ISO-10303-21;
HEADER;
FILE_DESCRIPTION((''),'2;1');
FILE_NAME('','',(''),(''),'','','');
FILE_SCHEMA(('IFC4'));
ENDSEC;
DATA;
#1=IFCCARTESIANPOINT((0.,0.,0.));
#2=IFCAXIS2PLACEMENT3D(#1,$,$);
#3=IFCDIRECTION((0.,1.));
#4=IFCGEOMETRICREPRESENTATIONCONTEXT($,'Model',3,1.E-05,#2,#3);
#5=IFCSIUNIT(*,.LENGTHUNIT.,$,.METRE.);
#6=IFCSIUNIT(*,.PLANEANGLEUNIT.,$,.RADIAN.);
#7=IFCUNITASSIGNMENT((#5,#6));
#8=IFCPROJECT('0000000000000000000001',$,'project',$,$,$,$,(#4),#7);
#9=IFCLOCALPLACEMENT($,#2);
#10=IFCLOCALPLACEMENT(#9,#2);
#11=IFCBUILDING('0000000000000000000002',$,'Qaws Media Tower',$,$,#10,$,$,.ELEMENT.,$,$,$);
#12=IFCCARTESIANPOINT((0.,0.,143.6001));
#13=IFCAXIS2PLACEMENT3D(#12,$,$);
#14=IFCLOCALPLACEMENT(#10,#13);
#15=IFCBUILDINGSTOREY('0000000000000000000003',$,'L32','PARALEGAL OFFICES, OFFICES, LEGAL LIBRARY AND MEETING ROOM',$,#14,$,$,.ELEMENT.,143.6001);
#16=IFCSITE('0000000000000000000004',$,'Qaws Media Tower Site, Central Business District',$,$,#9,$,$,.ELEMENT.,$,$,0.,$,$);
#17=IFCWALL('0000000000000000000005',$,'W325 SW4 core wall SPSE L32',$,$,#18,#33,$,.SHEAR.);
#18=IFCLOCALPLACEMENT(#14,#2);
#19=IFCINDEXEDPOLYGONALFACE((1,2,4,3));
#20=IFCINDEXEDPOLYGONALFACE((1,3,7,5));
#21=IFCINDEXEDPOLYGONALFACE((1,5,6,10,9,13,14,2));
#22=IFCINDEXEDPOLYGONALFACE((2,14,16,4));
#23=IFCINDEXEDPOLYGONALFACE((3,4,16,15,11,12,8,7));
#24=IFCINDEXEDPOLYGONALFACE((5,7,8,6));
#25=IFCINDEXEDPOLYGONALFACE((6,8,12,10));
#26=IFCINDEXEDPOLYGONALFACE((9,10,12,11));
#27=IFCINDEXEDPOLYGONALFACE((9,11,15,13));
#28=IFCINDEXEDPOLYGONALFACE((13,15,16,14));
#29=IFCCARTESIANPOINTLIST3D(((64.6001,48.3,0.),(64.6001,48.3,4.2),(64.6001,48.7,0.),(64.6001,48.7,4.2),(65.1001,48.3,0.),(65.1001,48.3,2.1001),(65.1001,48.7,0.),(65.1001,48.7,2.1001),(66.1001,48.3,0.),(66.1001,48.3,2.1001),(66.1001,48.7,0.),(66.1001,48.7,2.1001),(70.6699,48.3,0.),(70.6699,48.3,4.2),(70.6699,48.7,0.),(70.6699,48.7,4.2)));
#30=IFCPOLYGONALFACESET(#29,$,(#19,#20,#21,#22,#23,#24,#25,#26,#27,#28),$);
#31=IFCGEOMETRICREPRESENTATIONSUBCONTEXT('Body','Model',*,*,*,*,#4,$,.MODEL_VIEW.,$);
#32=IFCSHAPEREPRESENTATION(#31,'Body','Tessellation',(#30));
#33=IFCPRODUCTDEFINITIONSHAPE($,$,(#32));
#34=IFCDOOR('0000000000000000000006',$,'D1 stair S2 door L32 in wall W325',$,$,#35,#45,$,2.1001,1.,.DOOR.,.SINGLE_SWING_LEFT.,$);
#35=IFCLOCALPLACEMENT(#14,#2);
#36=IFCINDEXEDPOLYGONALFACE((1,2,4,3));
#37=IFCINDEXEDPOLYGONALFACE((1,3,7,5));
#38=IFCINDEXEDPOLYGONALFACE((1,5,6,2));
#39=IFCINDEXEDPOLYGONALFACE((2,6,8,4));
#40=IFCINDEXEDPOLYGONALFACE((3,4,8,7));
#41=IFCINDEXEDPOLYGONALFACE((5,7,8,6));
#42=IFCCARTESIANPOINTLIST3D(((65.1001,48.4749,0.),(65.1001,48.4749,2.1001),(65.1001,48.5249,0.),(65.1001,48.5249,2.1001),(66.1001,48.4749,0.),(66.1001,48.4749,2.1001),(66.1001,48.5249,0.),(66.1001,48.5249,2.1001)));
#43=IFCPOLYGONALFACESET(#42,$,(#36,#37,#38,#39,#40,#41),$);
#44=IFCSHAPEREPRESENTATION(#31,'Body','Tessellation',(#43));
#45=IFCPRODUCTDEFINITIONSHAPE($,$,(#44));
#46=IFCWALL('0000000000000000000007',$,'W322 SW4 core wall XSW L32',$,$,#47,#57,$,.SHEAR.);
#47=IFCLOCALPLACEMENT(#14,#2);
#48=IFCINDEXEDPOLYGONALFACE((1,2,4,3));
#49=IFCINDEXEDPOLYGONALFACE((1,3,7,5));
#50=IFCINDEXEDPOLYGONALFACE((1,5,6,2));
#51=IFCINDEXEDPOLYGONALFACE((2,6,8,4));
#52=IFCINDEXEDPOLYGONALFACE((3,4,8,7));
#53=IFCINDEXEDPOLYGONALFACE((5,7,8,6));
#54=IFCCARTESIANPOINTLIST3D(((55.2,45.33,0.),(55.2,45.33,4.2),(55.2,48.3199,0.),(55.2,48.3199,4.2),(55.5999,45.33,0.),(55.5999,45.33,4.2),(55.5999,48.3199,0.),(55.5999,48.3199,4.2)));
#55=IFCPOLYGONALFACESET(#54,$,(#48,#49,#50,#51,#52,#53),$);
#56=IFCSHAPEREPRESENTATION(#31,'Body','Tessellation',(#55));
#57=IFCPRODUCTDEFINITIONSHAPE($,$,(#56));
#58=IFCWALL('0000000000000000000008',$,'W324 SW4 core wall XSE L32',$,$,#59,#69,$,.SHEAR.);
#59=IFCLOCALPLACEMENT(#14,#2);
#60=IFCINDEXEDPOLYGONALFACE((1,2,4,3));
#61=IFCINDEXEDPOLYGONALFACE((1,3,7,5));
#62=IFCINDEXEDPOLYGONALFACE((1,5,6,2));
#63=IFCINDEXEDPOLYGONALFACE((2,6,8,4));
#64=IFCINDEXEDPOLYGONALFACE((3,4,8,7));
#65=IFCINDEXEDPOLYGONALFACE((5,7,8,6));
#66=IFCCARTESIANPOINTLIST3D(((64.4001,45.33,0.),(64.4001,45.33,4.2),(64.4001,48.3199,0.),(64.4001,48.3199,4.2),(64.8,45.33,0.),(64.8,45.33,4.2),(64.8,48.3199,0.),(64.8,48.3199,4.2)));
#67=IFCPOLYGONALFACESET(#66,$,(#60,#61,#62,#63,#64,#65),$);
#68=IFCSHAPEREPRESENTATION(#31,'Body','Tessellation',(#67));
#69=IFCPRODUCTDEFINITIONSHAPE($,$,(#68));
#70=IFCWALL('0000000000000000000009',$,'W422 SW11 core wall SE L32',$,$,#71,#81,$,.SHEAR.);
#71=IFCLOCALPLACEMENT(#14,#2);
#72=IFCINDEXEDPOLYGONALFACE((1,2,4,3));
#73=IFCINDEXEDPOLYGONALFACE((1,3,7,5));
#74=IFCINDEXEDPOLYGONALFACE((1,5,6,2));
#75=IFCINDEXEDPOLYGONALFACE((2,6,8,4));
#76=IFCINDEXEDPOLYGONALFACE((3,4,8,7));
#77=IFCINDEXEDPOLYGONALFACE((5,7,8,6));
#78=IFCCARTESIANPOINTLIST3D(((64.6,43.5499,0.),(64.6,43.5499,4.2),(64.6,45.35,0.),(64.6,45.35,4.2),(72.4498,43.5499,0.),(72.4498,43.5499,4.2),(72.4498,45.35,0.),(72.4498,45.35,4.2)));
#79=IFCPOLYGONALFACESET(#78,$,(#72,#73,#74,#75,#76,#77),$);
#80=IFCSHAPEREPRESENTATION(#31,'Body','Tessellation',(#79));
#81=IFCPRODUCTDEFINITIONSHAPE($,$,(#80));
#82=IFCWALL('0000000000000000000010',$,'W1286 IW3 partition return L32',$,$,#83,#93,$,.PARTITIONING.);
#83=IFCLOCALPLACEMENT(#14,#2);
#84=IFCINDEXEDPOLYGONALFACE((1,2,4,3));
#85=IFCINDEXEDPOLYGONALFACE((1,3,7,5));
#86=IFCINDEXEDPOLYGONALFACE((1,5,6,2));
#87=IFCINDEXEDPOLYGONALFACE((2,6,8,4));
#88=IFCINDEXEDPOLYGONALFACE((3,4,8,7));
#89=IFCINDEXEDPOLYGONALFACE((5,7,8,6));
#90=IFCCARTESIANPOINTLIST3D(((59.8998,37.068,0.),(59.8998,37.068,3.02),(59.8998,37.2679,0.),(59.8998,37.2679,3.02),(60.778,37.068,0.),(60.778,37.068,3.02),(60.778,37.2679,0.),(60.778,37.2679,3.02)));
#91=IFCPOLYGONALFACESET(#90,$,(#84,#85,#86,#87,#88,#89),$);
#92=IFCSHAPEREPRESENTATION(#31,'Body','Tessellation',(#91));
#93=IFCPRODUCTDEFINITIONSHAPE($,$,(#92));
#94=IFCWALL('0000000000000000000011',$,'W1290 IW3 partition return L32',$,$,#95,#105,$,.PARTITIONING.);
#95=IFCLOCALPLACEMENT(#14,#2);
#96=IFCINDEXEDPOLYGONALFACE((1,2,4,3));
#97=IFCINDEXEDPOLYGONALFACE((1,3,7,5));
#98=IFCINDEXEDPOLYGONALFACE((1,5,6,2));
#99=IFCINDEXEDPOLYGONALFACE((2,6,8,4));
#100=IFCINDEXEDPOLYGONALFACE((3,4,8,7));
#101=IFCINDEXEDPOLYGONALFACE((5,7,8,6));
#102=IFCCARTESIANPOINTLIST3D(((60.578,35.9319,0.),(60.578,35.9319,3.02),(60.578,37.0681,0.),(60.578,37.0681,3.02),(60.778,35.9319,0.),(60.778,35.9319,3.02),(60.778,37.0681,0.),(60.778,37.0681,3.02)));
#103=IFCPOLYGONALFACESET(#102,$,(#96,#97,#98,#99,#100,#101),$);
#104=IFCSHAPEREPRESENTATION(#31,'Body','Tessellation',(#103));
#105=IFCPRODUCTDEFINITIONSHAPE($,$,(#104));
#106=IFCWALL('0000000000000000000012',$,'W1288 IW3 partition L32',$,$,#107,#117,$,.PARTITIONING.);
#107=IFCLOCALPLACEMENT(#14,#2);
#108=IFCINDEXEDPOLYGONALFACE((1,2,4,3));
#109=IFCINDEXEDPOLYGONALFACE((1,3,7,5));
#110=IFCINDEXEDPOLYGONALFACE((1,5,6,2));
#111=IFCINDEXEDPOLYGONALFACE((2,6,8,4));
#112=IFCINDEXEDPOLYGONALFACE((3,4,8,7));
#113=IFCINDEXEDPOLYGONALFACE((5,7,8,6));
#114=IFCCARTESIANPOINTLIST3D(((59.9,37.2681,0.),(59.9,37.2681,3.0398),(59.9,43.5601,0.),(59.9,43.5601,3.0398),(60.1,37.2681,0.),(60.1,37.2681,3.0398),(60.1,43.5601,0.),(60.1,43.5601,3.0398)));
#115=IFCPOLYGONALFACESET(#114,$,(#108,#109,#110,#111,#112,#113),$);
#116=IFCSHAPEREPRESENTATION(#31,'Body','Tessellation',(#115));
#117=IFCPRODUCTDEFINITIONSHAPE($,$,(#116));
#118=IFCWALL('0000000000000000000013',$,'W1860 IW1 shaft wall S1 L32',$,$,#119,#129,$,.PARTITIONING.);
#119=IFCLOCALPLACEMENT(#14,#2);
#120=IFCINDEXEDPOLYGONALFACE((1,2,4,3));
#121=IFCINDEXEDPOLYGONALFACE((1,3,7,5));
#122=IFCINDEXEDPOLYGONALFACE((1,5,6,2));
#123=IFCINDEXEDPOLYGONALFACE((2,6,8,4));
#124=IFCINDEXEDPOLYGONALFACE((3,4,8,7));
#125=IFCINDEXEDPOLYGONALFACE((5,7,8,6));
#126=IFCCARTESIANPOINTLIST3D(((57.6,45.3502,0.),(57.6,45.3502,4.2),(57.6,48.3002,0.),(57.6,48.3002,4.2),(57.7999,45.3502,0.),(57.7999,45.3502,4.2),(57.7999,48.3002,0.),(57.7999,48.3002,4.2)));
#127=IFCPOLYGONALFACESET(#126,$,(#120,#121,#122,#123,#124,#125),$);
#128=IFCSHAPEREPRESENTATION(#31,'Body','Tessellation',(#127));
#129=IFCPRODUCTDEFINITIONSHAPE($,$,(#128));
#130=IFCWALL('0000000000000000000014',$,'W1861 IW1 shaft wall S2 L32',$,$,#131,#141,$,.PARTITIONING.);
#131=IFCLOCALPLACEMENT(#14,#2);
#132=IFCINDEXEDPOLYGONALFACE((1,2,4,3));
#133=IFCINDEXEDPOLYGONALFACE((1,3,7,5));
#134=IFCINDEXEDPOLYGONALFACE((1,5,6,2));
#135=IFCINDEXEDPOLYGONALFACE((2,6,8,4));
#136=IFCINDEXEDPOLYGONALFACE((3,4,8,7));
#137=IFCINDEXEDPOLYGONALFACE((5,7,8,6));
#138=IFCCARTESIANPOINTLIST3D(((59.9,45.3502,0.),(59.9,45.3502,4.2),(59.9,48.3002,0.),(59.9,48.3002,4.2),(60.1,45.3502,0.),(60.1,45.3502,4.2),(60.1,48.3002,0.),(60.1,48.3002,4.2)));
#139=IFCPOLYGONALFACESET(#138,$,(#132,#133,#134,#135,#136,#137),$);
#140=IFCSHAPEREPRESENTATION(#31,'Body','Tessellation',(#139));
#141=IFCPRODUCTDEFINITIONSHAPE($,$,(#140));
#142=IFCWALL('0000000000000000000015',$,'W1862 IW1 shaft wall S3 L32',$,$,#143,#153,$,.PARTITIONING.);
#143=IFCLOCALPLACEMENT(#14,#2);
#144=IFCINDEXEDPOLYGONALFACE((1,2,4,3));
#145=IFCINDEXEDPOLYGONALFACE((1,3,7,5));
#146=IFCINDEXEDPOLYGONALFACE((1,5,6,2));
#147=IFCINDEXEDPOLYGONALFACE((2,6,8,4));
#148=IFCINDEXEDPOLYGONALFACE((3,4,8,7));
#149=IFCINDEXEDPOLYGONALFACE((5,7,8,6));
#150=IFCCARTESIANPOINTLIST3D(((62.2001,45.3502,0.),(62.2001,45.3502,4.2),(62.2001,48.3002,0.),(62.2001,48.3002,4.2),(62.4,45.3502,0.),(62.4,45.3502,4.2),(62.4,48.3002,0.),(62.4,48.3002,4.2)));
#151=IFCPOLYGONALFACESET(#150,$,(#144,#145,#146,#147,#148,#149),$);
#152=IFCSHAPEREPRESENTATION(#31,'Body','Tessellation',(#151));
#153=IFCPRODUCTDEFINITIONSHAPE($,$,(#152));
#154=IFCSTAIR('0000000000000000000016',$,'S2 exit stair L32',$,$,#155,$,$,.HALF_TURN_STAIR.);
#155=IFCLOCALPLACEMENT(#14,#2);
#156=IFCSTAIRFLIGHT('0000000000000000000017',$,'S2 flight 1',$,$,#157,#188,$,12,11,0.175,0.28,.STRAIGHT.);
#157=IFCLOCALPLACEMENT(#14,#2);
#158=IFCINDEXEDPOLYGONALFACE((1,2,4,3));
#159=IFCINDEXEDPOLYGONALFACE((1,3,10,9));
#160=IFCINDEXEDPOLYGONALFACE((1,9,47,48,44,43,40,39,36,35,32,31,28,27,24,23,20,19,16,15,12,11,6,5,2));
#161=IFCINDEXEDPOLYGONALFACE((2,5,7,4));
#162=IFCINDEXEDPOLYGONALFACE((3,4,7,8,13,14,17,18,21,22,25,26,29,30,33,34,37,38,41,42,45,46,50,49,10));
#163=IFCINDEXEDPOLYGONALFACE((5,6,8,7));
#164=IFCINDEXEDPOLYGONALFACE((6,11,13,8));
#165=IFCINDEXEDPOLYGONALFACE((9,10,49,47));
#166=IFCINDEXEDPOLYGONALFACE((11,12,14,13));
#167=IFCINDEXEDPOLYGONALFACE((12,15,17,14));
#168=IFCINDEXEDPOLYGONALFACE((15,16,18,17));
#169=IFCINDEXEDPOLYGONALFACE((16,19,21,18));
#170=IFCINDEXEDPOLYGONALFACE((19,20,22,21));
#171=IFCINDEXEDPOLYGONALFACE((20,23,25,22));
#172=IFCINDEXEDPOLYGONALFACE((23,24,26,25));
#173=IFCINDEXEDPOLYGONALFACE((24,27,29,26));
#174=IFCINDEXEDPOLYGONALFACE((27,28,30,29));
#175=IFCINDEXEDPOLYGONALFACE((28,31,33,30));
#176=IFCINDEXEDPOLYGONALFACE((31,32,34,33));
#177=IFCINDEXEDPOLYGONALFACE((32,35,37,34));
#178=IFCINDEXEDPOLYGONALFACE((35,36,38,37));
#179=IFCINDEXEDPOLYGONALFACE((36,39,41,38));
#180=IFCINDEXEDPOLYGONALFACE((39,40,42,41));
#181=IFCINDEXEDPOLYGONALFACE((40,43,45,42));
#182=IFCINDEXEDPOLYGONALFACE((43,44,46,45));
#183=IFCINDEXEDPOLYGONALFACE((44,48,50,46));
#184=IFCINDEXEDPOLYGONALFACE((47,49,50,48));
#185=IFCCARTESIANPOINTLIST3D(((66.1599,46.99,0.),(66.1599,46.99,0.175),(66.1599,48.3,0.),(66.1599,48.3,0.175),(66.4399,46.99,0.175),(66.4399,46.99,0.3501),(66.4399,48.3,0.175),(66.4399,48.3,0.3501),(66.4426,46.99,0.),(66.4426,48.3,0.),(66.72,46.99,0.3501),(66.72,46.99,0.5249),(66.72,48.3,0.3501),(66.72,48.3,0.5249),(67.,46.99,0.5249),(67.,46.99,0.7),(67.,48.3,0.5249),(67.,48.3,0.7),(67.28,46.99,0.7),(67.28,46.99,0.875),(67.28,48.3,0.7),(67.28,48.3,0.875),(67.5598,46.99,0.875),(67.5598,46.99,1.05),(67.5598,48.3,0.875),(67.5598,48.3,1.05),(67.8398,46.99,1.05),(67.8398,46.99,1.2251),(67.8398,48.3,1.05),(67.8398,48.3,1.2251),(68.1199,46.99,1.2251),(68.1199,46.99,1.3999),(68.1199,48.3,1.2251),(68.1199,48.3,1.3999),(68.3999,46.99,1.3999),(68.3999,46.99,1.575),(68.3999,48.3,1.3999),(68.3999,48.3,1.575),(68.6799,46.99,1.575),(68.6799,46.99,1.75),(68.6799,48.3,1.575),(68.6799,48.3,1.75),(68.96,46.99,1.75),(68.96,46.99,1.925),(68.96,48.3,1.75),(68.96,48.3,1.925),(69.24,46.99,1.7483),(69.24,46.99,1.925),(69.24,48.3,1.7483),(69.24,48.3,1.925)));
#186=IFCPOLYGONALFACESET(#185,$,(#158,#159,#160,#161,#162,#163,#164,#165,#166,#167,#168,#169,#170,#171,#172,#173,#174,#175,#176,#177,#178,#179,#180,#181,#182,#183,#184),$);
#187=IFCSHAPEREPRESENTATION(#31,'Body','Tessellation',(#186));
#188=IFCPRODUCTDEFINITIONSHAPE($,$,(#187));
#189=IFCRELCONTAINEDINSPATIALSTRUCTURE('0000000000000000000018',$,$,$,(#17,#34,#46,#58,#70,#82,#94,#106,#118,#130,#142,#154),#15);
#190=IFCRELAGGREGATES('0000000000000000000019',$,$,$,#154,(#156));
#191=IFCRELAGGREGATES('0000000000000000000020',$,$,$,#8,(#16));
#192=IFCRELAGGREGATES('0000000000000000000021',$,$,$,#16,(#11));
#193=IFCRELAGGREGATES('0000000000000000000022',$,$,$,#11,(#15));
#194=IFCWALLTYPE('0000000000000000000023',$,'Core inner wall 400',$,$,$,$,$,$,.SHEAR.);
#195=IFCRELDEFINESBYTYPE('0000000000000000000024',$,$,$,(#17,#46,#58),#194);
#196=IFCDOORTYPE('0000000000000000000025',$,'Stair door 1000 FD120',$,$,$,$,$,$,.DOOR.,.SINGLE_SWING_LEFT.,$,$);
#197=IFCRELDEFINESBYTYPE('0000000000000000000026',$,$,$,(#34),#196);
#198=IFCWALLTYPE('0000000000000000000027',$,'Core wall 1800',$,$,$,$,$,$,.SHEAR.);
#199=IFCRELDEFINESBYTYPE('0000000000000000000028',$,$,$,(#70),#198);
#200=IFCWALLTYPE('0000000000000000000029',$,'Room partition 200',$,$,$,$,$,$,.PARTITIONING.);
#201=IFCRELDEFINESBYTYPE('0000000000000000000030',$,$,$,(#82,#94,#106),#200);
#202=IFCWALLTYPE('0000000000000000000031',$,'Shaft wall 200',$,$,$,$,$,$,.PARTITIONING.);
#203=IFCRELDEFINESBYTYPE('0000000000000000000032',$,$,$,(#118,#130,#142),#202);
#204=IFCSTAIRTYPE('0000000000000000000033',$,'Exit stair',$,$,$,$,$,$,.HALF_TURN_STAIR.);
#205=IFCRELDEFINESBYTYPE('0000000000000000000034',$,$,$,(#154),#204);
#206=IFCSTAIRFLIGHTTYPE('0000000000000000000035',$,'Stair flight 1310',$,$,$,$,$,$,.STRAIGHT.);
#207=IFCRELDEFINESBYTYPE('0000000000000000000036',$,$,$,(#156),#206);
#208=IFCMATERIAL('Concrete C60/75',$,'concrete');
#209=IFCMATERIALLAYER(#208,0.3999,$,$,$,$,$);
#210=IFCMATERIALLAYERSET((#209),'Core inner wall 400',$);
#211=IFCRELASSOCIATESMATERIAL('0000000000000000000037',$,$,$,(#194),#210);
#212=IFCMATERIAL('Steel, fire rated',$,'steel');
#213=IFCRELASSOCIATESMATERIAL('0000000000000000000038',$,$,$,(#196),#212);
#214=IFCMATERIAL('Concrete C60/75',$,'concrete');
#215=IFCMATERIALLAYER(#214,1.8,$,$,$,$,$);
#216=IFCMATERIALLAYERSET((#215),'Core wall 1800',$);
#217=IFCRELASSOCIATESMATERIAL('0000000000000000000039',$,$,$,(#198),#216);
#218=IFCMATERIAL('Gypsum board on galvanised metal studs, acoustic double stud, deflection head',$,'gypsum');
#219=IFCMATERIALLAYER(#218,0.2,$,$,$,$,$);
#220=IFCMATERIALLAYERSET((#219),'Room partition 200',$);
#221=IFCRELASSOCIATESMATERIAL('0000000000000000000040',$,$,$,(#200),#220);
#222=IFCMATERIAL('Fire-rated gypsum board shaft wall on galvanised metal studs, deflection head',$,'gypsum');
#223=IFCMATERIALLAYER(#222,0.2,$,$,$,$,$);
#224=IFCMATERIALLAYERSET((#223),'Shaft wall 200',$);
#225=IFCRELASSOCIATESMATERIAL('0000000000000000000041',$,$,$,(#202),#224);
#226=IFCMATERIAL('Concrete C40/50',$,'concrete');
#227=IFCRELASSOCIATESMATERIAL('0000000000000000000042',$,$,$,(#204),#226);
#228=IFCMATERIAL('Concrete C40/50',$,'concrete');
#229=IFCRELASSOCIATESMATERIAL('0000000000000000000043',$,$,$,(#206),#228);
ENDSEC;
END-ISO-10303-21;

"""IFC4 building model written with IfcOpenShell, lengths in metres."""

from ifc_helpers import new_model, si_unit, direction, frame, frame_2d, origin, place, context, subcontext, project, spatial, polyline, rectangle, outline, extrude, material, layer, layer_set, type_object, element, fill, aggregate, save


model = new_model("IFC4")

# Units and contexts
model_context = context("Model", 3, precision=1e-05, world=origin(), true_north=direction((0.0, 1.0)))
body_context = subcontext(model_context, "Body", "Model", "MODEL_VIEW")
ifc_project = project(units=[si_unit("LENGTHUNIT", "METRE"), si_unit("PLANEANGLEUNIT", "RADIAN")], contexts=[model_context])

# Site, building, storey
site_placement = place(None, origin())
site = spatial("IfcSite", under=ifc_project, at=site_placement, Name="Qaws Media Tower Site, Central Business District", CompositionType="ELEMENT", RefElevation=0.0)
building_placement = place(site_placement, origin())
building = spatial("IfcBuilding", under=site, at=building_placement, Name="Qaws Media Tower", CompositionType="ELEMENT")
storey_placement = place(building_placement, frame((0.0, 0.0, 143.6001)))
storey = spatial("IfcBuildingStorey", under=building, at=storey_placement, Name="L32", Description="PARALEGAL OFFICES, OFFICES, LEGAL LIBRARY AND MEETING ROOM", CompositionType="ELEMENT", Elevation=143.6001)

# Wall, opening, door
ifc_material_1 = material(Name="Concrete C60/75", Category="concrete")
ifc_layer_1 = layer(ifc_material_1, 0.3999)
ifc_layer_set_1 = layer_set([ifc_layer_1], Name="Core inner wall 400")
wall_type_1 = type_object("IfcWallType", Name="Core inner wall 400", PredefinedType="SHEAR", material=ifc_layer_set_1)
wall_1_placement = place(storey_placement, frame((64.6001, 48.5, 0.0), z_axis=(0.0, 0.0, 1.0), x_axis=(1.0, 0.0, 0.0)))
wall_1 = element("IfcWall", 1, at=wall_1_placement, inside=storey, type_object=wall_type_1, Name="W325 SW4 core wall SPSE L32", PredefinedType="SHEAR", context=body_context, shape_type="SweptSolid", body=[
    extrude(rectangle(XDim=6.0698, YDim=0.3999, at=frame_2d((3.0349, 0.0))), origin(), (0.0, 0.0, 1.0), 4.2),
])
opening_placement = place(wall_1_placement, frame((0.5, 0.0, 0.0)))
opening = element("IfcOpeningElement", 2, at=opening_placement, cuts=wall_1, PredefinedType="OPENING", context=body_context, shape_type="SweptSolid", body=[
    extrude(rectangle(XDim=1.0, YDim=2.1001, at=frame_2d((0.5, 1.05))), frame((0.0, 0.21, 0.0), z_axis=(0.0, -1.0, 0.0), x_axis=(1.0, 0.0, 0.0)), (0.0, 0.0, 1.0), 0.4199),
])
ifc_material_2 = material(Name="Steel, fire rated", Category="steel")
door_type = type_object("IfcDoorType", Name="Stair door 1000 FD120", OperationType="SINGLE_SWING_LEFT", PredefinedType="DOOR", material=ifc_material_2)
door_placement = place(opening_placement, origin())
door = element("IfcDoor", 3, at=door_placement, inside=storey, type_object=door_type, Name="D1 stair S2 door L32 in wall W325", OperationType="SINGLE_SWING_LEFT", OverallHeight=2.1001, OverallWidth=1.0, PredefinedType="DOOR", context=body_context, shape_type="SweptSolid", body=[
    extrude(rectangle(XDim=1.0, YDim=2.1001, at=frame_2d((0.5, 1.05))), frame((0.0, 0.0249, 0.0), z_axis=(0.0, -1.0, 0.0), x_axis=(1.0, 0.0, 0.0)), (0.0, 0.0, 1.0), 0.05),
])
fill(opening, door)

# Walls
for number, where, z_axis, x_axis, name in (
    (4, (55.3999, 48.3201, 0.0), (0.0, 0.0, 1.0), (0.0, -1.0, 0.0), "W322 SW4 core wall XSW L32"),
    (5, (64.6001, 48.3201, 0.0), (0.0, 0.0, 1.0), (0.0, -1.0, 0.0), "W324 SW4 core wall XSE L32"),
):
    element("IfcWall", number, at=place(storey_placement, frame(where, z_axis=z_axis, x_axis=x_axis)), inside=storey, type_object=wall_type_1, Name=name, PredefinedType="SHEAR", context=body_context, shape_type="SweptSolid", body=[
        extrude(rectangle(XDim=2.99, YDim=0.3999, at=frame_2d((1.4951, 0.0))), origin(), (0.0, 0.0, 1.0), 4.2),
    ])
ifc_material_3 = material(Name="Concrete C60/75", Category="concrete")
ifc_layer_2 = layer(ifc_material_3, 1.8)
ifc_layer_set_2 = layer_set([ifc_layer_2], Name="Core wall 1800")
wall_type_2 = type_object("IfcWallType", Name="Core wall 1800", PredefinedType="SHEAR", material=ifc_layer_set_2)
wall_2_placement = place(storey_placement, frame((64.6001, 44.45, 0.0), z_axis=(0.0, 0.0, 1.0), x_axis=(1.0, 0.0, 0.0)))
element("IfcWall", 6, at=wall_2_placement, inside=storey, type_object=wall_type_2, Name="W422 SW11 core wall SE L32", PredefinedType="SHEAR", context=body_context, shape_type="SweptSolid", body=[
    extrude(rectangle(XDim=7.8499, YDim=1.8, at=frame_2d((3.9248, 0.0))), origin(), (0.0, 0.0, 1.0), 4.2),
])
ifc_material_4 = material(Name="Gypsum board on galvanised metal studs, acoustic double stud, deflection head", Category="gypsum")
ifc_layer_3 = layer(ifc_material_4, 0.2)
ifc_layer_set_3 = layer_set([ifc_layer_3], Name="Room partition 200")
wall_type_3 = type_object("IfcWallType", Name="Room partition 200", PredefinedType="PARTITIONING", material=ifc_layer_set_3)
wall_3_placement = place(storey_placement, frame((59.8999, 37.168, 0.0), z_axis=(0.0, 0.0, 1.0), x_axis=(1.0, 0.0, 0.0)))
element("IfcWall", 7, at=wall_3_placement, inside=storey, type_object=wall_type_3, Name="W1286 IW3 partition return L32", PredefinedType="PARTITIONING", context=body_context, shape_type="SweptSolid", body=[
    extrude(rectangle(XDim=0.8782, YDim=0.2, at=frame_2d((0.439, 0.0))), origin(), (0.0, 0.0, 1.0), 3.02),
])
wall_4_placement = place(storey_placement, frame((60.678, 37.0681, 0.0), z_axis=(0.0, 0.0, 1.0), x_axis=(0.0, -1.0, 0.0)))
element("IfcWall", 8, at=wall_4_placement, inside=storey, type_object=wall_type_3, Name="W1290 IW3 partition return L32", PredefinedType="PARTITIONING", context=body_context, shape_type="SweptSolid", body=[
    extrude(rectangle(XDim=1.1362, YDim=0.2, at=frame_2d((0.5681, 0.0))), origin(), (0.0, 0.0, 1.0), 3.02),
])
wall_5_placement = place(storey_placement, frame((60.0, 43.5601, 0.0), z_axis=(0.0, 0.0, 1.0), x_axis=(0.0, -1.0, 0.0)))
element("IfcWall", 9, at=wall_5_placement, inside=storey, type_object=wall_type_3, Name="W1288 IW3 partition L32", PredefinedType="PARTITIONING", context=body_context, shape_type="SweptSolid", body=[
    extrude(rectangle(XDim=6.292, YDim=0.2, at=frame_2d((3.146, 0.0))), origin(), (0.0, 0.0, 1.0), 3.0398),
])
ifc_material_5 = material(Name="Fire-rated gypsum board shaft wall on galvanised metal studs, deflection head", Category="gypsum")
ifc_layer_4 = layer(ifc_material_5, 0.2)
ifc_layer_set_4 = layer_set([ifc_layer_4], Name="Shaft wall 200")
wall_type_4 = type_object("IfcWallType", Name="Shaft wall 200", PredefinedType="PARTITIONING", material=ifc_layer_set_4)
for number, where, z_axis, x_axis, name in (
    (10, (57.7, 45.3501, 0.0), (0.0, 0.0, 1.0), (0.0, 1.0, 0.0), "W1860 IW1 shaft wall S1 L32"),
    (11, (60.0, 45.3501, 0.0), (0.0, 0.0, 1.0), (0.0, 1.0, 0.0), "W1861 IW1 shaft wall S2 L32"),
    (12, (62.3, 45.3501, 0.0), (0.0, 0.0, 1.0), (0.0, 1.0, 0.0), "W1862 IW1 shaft wall S3 L32"),
):
    element("IfcWall", number, at=place(storey_placement, frame(where, z_axis=z_axis, x_axis=x_axis)), inside=storey, type_object=wall_type_4, Name=name, PredefinedType="PARTITIONING", context=body_context, shape_type="SweptSolid", body=[
        extrude(rectangle(XDim=2.95, YDim=0.2, at=frame_2d((1.4751, 0.0))), origin(), (0.0, 0.0, 1.0), 4.2),
    ])

# Stair, stair flight
ifc_material_6 = material(Name="Concrete C40/50", Category="concrete")
stair_type = type_object("IfcStairType", Name="Exit stair", PredefinedType="HALF_TURN_STAIR", material=ifc_material_6)
stair_placement = place(storey_placement, origin())
stair = element("IfcStair", 13, at=stair_placement, inside=storey, type_object=stair_type, Name="S2 exit stair L32", PredefinedType="HALF_TURN_STAIR")
ifc_material_7 = material(Name="Concrete C40/50", Category="concrete")
stair_flight_type = type_object("IfcStairFlightType", Name="Stair flight 1310", PredefinedType="STRAIGHT", material=ifc_material_7)
stair_flight_1_placement = place(storey_placement, frame((66.1599, 47.645, 0.0), z_axis=(0.0, 0.0, 1.0), x_axis=(1.0, 0.0, 0.0)))
stair_flight_1 = element("IfcStairFlight", 14, at=stair_flight_1_placement, type_object=stair_flight_type, Name="S2 flight 1", NumberOfRisers=12, NumberOfTreads=11, PredefinedType="STRAIGHT", RiserHeight=0.175, TreadLength=0.28, context=body_context, shape_type="SweptSolid", body=[
    extrude(outline(polyline([(0.0, 0.0), (0.0, 0.175), (0.28, 0.175), (0.28, 0.3501), (0.5601, 0.3501), (0.5601, 0.5249), (0.8401, 0.5249), (0.8401, 0.7), (1.1201, 0.7), (1.1201, 0.875), (1.3999, 0.875), (1.3999, 1.05), (1.6799, 1.05), (1.6799, 1.2251), (1.96, 1.2251), (1.96, 1.3999), (2.24, 1.3999), (2.24, 1.575), (2.52, 1.575), (2.52, 1.75), (2.8, 1.75), (2.8, 1.925), (3.0801, 1.925), (3.0801, 2.1001), (3.0801, 1.7483), (0.2827, 0.0), (0.0, 0.0)])), frame((0.0, 0.655, 0.0), z_axis=(0.0, -1.0, 0.0), x_axis=(1.0, 0.0, 0.0)), (0.0, 0.0, 1.0), 1.3101),
])
aggregate(stair, [stair_flight_1])

save(model, "model.ifc")
